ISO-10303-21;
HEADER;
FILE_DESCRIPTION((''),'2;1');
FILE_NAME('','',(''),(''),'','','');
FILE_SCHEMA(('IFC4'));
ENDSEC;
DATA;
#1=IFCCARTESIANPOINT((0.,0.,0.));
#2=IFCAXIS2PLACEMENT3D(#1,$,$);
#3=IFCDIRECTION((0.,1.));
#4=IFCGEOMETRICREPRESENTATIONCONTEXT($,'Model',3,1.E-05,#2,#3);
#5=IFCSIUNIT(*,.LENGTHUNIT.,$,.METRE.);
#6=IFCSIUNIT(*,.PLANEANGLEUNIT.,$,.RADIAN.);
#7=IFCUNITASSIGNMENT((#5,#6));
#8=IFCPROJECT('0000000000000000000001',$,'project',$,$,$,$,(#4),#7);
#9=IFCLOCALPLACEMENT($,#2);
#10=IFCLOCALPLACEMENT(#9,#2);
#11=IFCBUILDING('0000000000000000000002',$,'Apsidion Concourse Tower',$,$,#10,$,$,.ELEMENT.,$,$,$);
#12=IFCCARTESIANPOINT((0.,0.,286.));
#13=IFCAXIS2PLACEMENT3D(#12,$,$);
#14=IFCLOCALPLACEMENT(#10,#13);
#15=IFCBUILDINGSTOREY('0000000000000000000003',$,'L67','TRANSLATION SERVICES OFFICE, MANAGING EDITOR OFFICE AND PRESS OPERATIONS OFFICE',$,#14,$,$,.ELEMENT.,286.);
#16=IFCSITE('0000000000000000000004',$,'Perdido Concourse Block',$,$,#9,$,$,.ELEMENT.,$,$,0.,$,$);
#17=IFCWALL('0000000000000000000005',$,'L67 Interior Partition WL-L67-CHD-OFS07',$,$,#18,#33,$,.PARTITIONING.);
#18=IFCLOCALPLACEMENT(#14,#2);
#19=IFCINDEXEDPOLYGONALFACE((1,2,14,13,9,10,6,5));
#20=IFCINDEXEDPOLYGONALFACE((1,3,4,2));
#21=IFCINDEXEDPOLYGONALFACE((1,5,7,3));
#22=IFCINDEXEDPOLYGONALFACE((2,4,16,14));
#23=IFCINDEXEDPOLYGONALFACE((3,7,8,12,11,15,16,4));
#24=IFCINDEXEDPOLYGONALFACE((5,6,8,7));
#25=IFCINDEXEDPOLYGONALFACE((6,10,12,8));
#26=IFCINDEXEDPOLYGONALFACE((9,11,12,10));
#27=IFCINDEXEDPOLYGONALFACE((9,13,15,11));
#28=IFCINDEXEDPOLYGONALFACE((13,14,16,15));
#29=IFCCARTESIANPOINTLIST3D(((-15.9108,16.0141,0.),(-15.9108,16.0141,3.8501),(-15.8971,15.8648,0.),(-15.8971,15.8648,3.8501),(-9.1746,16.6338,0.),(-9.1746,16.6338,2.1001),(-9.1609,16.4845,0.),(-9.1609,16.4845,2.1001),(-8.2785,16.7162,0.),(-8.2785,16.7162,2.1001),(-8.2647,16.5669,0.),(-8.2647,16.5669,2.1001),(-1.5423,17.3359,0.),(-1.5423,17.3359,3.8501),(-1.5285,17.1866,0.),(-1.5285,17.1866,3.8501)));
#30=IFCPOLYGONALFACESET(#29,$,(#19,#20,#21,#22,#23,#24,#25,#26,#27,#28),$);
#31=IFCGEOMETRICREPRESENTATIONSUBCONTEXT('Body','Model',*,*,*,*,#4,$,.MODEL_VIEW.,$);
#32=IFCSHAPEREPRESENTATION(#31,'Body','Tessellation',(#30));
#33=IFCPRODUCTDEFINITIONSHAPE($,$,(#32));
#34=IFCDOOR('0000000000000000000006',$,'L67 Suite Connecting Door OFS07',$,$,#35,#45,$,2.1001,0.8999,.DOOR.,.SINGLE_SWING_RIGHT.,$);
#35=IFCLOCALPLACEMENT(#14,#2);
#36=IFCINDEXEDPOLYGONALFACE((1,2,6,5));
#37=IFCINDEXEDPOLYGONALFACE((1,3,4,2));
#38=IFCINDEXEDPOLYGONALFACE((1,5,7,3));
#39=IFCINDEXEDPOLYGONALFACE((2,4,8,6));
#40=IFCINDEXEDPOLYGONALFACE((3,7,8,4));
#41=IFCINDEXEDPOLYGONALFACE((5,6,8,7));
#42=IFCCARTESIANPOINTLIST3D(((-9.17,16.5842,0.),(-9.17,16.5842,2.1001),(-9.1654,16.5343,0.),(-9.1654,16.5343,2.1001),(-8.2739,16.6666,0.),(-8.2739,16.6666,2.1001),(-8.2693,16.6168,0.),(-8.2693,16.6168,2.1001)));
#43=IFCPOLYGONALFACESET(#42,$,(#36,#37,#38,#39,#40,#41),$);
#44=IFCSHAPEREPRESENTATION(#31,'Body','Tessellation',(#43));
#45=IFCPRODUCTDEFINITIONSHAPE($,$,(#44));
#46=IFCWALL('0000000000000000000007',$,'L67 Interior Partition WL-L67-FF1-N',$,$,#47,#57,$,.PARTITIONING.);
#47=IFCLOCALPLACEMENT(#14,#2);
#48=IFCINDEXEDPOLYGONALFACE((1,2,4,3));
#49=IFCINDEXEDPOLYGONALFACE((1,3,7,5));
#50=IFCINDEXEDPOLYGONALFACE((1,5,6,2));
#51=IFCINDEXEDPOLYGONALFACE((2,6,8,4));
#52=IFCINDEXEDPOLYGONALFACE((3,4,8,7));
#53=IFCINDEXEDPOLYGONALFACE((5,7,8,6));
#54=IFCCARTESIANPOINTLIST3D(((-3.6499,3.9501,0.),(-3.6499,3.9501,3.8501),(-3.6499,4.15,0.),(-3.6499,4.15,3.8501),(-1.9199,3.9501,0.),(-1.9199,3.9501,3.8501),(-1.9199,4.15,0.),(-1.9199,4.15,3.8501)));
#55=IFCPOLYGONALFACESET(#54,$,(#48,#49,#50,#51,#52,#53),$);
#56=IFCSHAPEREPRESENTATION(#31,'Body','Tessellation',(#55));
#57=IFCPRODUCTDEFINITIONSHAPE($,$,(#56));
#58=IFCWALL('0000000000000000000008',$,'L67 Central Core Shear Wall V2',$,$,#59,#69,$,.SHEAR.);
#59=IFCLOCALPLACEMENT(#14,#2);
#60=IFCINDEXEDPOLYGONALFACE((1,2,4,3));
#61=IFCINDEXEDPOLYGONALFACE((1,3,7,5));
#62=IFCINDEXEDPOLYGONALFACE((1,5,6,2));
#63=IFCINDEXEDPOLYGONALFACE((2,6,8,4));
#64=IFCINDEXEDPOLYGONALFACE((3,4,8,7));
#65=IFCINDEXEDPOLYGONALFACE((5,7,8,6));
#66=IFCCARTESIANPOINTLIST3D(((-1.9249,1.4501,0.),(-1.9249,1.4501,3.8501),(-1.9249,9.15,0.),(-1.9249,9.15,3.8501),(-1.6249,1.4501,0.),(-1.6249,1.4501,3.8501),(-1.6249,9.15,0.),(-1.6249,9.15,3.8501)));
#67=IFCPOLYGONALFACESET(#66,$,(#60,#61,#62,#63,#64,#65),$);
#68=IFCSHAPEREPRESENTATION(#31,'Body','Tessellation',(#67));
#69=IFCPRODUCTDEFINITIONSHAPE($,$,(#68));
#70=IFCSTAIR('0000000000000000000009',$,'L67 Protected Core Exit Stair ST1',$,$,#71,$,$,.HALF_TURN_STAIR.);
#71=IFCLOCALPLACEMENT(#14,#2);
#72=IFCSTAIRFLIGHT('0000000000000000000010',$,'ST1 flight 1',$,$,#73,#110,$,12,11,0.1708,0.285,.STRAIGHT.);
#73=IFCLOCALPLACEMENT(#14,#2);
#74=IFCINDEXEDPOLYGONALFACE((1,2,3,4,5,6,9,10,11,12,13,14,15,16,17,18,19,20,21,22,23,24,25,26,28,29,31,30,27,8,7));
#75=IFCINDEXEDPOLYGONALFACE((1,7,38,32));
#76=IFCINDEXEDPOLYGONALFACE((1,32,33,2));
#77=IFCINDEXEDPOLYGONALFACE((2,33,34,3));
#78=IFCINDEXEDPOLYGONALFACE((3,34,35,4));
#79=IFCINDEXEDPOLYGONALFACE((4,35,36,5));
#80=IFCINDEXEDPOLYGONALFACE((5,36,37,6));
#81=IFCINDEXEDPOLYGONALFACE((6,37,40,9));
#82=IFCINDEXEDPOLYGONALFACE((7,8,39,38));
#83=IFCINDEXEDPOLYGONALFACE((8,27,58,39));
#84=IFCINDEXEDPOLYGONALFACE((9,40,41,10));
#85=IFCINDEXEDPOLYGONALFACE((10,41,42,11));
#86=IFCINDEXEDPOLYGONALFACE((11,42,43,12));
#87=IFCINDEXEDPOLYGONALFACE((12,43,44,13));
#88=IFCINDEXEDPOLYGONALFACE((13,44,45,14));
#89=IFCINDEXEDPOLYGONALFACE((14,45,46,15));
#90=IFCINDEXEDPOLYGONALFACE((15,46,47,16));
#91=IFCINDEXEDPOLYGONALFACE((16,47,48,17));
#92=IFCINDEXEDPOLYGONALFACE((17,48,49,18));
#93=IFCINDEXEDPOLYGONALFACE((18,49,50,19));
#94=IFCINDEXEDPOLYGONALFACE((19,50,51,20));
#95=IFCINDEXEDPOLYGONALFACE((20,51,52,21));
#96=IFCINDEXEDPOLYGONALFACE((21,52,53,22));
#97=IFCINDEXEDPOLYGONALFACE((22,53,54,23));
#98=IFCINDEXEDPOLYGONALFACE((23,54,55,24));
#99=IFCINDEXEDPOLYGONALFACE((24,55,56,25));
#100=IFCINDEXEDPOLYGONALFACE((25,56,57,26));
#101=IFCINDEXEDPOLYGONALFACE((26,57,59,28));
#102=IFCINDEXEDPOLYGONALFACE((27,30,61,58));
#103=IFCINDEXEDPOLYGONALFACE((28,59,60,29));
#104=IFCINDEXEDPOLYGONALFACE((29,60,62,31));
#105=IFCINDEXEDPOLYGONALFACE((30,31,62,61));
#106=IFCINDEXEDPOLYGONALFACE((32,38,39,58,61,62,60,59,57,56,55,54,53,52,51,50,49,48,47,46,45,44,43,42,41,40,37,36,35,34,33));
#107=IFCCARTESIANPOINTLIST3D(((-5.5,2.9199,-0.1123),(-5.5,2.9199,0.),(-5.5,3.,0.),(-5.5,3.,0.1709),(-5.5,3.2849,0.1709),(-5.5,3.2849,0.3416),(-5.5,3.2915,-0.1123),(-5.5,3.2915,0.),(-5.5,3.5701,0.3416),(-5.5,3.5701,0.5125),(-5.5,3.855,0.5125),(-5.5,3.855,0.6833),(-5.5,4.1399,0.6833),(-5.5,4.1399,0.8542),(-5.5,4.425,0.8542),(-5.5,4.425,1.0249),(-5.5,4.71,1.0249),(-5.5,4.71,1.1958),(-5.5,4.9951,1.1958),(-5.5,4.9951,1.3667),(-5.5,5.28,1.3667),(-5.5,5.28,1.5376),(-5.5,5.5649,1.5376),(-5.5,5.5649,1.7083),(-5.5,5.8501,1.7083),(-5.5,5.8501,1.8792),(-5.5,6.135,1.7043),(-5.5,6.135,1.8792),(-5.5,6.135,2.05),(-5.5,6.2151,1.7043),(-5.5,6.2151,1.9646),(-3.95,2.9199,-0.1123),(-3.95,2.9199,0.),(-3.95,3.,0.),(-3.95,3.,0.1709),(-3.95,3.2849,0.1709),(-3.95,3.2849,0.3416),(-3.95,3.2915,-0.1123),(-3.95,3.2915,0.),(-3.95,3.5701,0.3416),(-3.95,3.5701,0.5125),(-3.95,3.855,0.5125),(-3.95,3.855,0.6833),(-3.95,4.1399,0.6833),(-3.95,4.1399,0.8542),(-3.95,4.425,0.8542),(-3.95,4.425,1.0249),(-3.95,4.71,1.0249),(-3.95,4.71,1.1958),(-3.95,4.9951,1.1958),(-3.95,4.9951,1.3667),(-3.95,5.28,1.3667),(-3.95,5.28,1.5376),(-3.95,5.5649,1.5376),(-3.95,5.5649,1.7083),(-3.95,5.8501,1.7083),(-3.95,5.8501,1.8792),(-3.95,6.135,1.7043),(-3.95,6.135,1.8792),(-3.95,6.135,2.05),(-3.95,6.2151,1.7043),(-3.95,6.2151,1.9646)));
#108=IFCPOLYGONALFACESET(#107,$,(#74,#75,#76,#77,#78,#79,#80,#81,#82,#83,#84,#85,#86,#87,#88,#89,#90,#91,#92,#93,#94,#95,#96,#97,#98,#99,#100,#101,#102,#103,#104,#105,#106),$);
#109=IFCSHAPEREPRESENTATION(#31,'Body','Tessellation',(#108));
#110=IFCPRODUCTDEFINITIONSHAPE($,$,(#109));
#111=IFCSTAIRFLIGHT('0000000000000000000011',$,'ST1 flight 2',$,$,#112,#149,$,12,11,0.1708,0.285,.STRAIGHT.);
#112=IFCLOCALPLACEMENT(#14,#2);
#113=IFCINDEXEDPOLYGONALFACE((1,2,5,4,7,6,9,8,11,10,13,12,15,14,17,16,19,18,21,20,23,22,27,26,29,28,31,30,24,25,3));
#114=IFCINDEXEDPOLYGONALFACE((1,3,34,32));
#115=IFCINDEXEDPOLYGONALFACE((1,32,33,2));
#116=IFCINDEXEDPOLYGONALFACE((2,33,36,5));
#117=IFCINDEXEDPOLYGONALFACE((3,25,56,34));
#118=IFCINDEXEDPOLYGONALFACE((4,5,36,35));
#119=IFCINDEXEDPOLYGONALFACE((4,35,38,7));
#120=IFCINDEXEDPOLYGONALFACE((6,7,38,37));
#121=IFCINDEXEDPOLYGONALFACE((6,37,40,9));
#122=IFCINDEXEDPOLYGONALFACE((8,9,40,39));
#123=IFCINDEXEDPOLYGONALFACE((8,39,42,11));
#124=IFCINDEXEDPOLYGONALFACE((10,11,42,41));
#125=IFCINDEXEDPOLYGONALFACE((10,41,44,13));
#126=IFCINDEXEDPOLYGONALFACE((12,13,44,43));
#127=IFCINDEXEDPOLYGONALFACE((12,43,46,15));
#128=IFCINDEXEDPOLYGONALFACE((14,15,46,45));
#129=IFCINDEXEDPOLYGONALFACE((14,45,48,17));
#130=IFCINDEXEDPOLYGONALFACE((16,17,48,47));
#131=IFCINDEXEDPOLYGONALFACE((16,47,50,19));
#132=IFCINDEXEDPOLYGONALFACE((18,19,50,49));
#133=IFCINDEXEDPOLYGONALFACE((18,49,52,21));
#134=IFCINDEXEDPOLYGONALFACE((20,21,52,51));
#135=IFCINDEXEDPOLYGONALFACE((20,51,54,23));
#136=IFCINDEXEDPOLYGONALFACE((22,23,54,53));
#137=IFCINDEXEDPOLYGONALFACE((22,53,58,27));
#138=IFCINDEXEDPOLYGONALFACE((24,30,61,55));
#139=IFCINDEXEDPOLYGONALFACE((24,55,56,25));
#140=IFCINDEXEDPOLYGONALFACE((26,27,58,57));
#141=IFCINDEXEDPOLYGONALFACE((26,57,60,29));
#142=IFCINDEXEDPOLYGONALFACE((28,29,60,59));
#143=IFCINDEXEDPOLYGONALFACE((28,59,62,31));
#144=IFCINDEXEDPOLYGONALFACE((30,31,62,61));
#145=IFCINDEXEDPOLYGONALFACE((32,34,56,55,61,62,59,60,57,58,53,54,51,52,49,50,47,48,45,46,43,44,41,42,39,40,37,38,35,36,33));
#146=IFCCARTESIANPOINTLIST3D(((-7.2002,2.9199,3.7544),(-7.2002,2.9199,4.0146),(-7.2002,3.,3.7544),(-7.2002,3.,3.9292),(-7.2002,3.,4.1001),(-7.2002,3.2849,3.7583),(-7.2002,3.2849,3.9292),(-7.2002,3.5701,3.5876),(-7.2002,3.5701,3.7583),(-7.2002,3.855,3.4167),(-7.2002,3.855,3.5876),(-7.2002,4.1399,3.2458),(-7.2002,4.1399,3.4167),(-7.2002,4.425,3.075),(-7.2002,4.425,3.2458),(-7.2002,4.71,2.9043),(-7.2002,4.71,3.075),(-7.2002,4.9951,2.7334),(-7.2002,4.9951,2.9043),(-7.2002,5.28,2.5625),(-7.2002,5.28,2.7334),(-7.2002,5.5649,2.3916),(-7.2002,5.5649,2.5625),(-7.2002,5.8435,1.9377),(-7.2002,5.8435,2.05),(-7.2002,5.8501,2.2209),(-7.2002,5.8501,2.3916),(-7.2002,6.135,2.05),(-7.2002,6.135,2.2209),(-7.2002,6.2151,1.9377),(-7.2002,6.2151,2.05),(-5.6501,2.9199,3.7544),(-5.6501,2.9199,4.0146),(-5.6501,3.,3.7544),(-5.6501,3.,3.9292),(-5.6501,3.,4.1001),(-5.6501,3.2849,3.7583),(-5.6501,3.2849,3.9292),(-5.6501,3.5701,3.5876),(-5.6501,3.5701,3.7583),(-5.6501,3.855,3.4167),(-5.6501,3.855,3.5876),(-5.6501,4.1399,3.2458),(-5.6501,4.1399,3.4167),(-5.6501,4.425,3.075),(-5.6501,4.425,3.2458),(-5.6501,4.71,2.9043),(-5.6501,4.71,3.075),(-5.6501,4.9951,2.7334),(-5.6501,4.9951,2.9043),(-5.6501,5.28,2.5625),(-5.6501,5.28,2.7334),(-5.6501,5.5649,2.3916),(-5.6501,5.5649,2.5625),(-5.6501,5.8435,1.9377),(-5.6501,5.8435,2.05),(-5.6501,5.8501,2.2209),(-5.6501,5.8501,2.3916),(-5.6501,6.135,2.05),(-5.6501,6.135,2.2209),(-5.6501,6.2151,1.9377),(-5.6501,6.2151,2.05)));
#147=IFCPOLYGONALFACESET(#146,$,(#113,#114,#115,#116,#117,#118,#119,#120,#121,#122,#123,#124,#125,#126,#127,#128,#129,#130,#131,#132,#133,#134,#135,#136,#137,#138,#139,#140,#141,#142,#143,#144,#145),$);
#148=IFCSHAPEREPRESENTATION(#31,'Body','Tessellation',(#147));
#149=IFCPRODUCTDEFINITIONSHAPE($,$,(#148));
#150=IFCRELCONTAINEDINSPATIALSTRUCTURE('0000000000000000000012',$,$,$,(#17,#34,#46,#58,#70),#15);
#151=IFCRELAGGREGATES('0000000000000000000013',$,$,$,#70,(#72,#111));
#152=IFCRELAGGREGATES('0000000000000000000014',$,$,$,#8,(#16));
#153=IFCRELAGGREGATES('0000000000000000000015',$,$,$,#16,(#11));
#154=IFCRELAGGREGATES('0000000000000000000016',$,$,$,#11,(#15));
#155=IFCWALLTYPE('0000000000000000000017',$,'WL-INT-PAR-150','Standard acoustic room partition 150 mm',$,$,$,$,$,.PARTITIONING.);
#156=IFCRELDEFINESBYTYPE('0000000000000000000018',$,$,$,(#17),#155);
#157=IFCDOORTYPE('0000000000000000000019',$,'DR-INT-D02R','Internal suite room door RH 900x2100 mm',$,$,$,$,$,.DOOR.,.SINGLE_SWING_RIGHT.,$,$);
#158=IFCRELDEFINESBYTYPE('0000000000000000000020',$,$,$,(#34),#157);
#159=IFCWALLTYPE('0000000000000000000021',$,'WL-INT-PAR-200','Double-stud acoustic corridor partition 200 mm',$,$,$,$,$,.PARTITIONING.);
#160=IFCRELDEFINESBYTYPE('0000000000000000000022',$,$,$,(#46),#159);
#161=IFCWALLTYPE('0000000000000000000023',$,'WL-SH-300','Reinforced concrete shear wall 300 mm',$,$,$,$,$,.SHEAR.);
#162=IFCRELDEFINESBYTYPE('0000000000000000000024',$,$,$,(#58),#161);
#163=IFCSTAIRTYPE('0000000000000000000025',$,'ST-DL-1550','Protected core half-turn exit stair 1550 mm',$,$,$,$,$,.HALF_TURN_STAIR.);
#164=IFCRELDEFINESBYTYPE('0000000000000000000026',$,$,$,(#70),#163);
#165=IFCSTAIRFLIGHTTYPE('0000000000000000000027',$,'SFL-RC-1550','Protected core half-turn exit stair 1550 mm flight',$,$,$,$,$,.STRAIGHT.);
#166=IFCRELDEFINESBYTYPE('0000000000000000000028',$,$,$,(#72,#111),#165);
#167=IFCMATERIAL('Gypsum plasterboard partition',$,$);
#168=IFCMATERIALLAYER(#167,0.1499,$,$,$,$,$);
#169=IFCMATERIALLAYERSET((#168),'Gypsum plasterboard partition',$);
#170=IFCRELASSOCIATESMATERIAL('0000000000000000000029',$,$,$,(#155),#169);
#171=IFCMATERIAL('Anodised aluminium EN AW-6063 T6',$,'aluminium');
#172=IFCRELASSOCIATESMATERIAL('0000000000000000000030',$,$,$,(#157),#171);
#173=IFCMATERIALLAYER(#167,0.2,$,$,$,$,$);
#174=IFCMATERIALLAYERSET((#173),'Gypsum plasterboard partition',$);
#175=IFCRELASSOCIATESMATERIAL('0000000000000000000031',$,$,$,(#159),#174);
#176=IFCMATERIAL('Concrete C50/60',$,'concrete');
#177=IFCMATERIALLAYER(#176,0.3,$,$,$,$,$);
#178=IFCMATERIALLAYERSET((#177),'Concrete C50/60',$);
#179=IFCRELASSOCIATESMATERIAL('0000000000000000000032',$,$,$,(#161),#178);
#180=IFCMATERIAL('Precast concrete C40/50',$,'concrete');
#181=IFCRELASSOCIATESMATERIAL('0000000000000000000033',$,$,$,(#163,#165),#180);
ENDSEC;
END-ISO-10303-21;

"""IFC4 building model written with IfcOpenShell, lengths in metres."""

from ifc_helpers import new_model, si_unit, direction, frame, frame_2d, origin, place, context, subcontext, project, spatial, polyline, rectangle, outline, extrude, material, layer, layer_set, type_object, element, fill, aggregate, save


model = new_model("IFC4")

# Units and contexts
model_context = context("Model", 3, precision=1e-05, world=origin(), true_north=direction((0.0, 1.0)))
body_context = subcontext(model_context, "Body", "Model", "MODEL_VIEW")
ifc_project = project(units=[si_unit("LENGTHUNIT", "METRE"), si_unit("PLANEANGLEUNIT", "RADIAN")], contexts=[model_context])

# Site, building, storey
site_placement = place(None, origin())
site = spatial("IfcSite", under=ifc_project, at=site_placement, Name="Perdido Concourse Block", CompositionType="ELEMENT", RefElevation=0.0)
building_placement = place(site_placement, origin())
building = spatial("IfcBuilding", under=site, at=building_placement, Name="Apsidion Concourse Tower", CompositionType="ELEMENT")
storey_placement = place(building_placement, frame((0.0, 0.0, 286.0)))
storey = spatial("IfcBuildingStorey", under=building, at=storey_placement, Name="L67", Description="TRANSLATION SERVICES OFFICE, MANAGING EDITOR OFFICE AND PRESS OPERATIONS OFFICE", CompositionType="ELEMENT", Elevation=286.0)

# Shared definitions
ifc_material_1 = material(Name="Concrete C50/60", Category="concrete")

# Shared definitions
ifc_material_2 = material(Name="Gypsum plasterboard partition")
ifc_layer_1 = layer(ifc_material_2, 0.1499)
ifc_layer_set_1 = layer_set([ifc_layer_1], Name="Gypsum plasterboard partition")
wall_type_1 = type_object("IfcWallType", Name="WL-INT-PAR-150", Description="Standard acoustic room partition 150 mm", PredefinedType="PARTITIONING", material=ifc_layer_set_1)

# Wall, opening, door
wall_1_placement = place(storey_placement, frame((-1.5354, 17.2612, 0.0), z_axis=(0.0, 0.0, 1.0), x_axis=(-0.995796, -0.091604, 0.0)))
wall_1 = element("IfcWall", 1, at=wall_1_placement, inside=storey, type_object=wall_type_1, Name="L67 Interior Partition WL-L67-CHD-OFS07", PredefinedType="PARTITIONING", context=body_context, shape_type="SweptSolid", body=[
    extrude(rectangle(XDim=14.4292, YDim=0.1499, at=frame_2d((7.2146, 0.0))), origin(), (0.0, 0.0, 1.0), 3.8501),
])
opening_1_placement = place(wall_1_placement, frame((6.7646, 0.0, 0.0)))
opening_1 = element("IfcOpeningElement", 2, at=opening_1_placement, cuts=wall_1, PredefinedType="OPENING", context=body_context, shape_type="SweptSolid", body=[
    extrude(rectangle(XDim=0.8999, YDim=2.1001, at=frame_2d((0.45, 1.05))), frame((0.0, 0.085, 0.0), z_axis=(0.0, -1.0, 0.0), x_axis=(1.0, 0.0, 0.0)), (0.0, 0.0, 1.0), 0.1699),
])
ifc_material_3 = material(Name="Anodised aluminium EN AW-6063 T6", Category="aluminium")
door_type_1 = type_object("IfcDoorType", Name="DR-INT-D02R", Description="Internal suite room door RH 900x2100 mm", OperationType="SINGLE_SWING_RIGHT", PredefinedType="DOOR", material=ifc_material_3)
door_1_placement = place(opening_1_placement, origin())
door_1 = element("IfcDoor", 3, at=door_1_placement, inside=storey, type_object=door_type_1, Name="L67 Suite Connecting Door OFS07", OperationType="SINGLE_SWING_RIGHT", OverallHeight=2.1001, OverallWidth=0.8999, PredefinedType="DOOR", context=body_context, shape_type="SweptSolid", body=[
    extrude(rectangle(XDim=0.8999, YDim=2.1001, at=frame_2d((0.45, 1.05))), frame((0.0, 0.0249, 0.0), z_axis=(0.0, -1.0, 0.0), x_axis=(1.0, 0.0, 0.0)), (0.0, 0.0, 1.0), 0.05),
])
fill(opening_1, door_1)

# Walls
ifc_layer_2 = layer(ifc_material_2, 0.2)
ifc_layer_set_2 = layer_set([ifc_layer_2], Name="Gypsum plasterboard partition")
wall_type_2 = type_object("IfcWallType", Name="WL-INT-PAR-200", Description="Double-stud acoustic corridor partition 200 mm", PredefinedType="PARTITIONING", material=ifc_layer_set_2)
wall_2_placement = place(storey_placement, frame((-3.6499, 4.05, 0.0), z_axis=(0.0, 0.0, 1.0), x_axis=(1.0, 0.0, 0.0)))
element("IfcWall", 4, at=wall_2_placement, inside=storey, type_object=wall_type_2, Name="L67 Interior Partition WL-L67-FF1-N", PredefinedType="PARTITIONING", context=body_context, shape_type="SweptSolid", body=[
    extrude(rectangle(XDim=1.73, YDim=0.2, at=frame_2d((0.865, 0.0))), origin(), (0.0, 0.0, 1.0), 3.8501),
])
ifc_layer_3 = layer(ifc_material_1, 0.3)
ifc_layer_set_3 = layer_set([ifc_layer_3], Name="Concrete C50/60")
wall_type_3 = type_object("IfcWallType", Name="WL-SH-300", Description="Reinforced concrete shear wall 300 mm", PredefinedType="SHEAR", material=ifc_layer_set_3)
wall_3_placement = place(storey_placement, frame((-1.7749, 1.45, 0.0), z_axis=(0.0, 0.0, 1.0), x_axis=(0.0, 1.0, 0.0)))
element("IfcWall", 5, at=wall_3_placement, inside=storey, type_object=wall_type_3, Name="L67 Central Core Shear Wall V2", PredefinedType="SHEAR", context=body_context, shape_type="SweptSolid", body=[
    extrude(rectangle(XDim=7.7, YDim=0.3, at=frame_2d((3.8501, 0.0))), origin(), (0.0, 0.0, 1.0), 3.8501),
])

# Stair, stair flights
ifc_material_4 = material(Name="Precast concrete C40/50", Category="concrete")
stair_type = type_object("IfcStairType", Name="ST-DL-1550", Description="Protected core half-turn exit stair 1550 mm", PredefinedType="HALF_TURN_STAIR", material=ifc_material_4)
stair_1_placement = place(storey_placement, origin())
stair_1 = element("IfcStair", 6, at=stair_1_placement, inside=storey, type_object=stair_type, Name="L67 Protected Core Exit Stair ST1", PredefinedType="HALF_TURN_STAIR")
stair_flight_type = type_object("IfcStairFlightType", Name="SFL-RC-1550", Description="Protected core half-turn exit stair 1550 mm flight", PredefinedType="STRAIGHT", material=ifc_material_4)
stair_flight_1_placement = place(storey_placement, frame((-4.7251, 3.0, 0.0), z_axis=(0.0, 0.0, 1.0), x_axis=(0.0, 1.0, 0.0)))
stair_flight_1 = element("IfcStairFlight", 7, at=stair_flight_1_placement, type_object=stair_flight_type, Name="ST1 flight 1", NumberOfRisers=12, NumberOfTreads=11, PredefinedType="STRAIGHT", RiserHeight=0.1708, TreadLength=0.285, context=body_context, shape_type="SweptSolid", body=[
    extrude(outline(polyline([(-0.0801, -0.1123), (-0.0801, 0.0), (0.0, 0.0), (0.0, 0.1709), (0.2849, 0.1709), (0.2849, 0.3416), (0.5701, 0.3416), (0.5701, 0.5125), (0.855, 0.5125), (0.855, 0.6833), (1.1399, 0.6833), (1.1399, 0.8542), (1.425, 0.8542), (1.425, 1.0249), (1.71, 1.0249), (1.71, 1.1958), (1.9951, 1.1958), (1.9951, 1.3667), (2.28, 1.3667), (2.28, 1.5376), (2.5649, 1.5376), (2.5649, 1.7083), (2.8501, 1.7083), (2.8501, 1.8792), (3.135, 1.8792), (3.135, 2.05), (3.2151, 1.9646), (3.2151, 1.7043), (3.135, 1.7043), (0.2915, 0.0), (0.2915, -0.1123), (-0.0801, -0.1123)])), frame((0.0, 0.7749, 0.0), z_axis=(0.0, -1.0, 0.0), x_axis=(1.0, 0.0, 0.0)), (0.0, 0.0, 1.0), 1.55),
])
stair_flight_2_placement = place(storey_placement, frame((-6.425, 6.135, 2.05), z_axis=(0.0, 0.0, 1.0), x_axis=(0.0, -1.0, 0.0)))
stair_flight_2 = element("IfcStairFlight", 8, at=stair_flight_2_placement, type_object=stair_flight_type, Name="ST1 flight 2", NumberOfRisers=12, NumberOfTreads=11, PredefinedType="STRAIGHT", RiserHeight=0.1708, TreadLength=0.285, context=body_context, shape_type="SweptSolid", body=[
    extrude(outline(polyline([(-0.0801, -0.1123), (-0.0801, 0.0), (0.0, 0.0), (0.0, 0.1709), (0.2849, 0.1709), (0.2849, 0.3416), (0.5701, 0.3416), (0.5701, 0.5125), (0.855, 0.5125), (0.855, 0.6833), (1.1399, 0.6833), (1.1399, 0.8542), (1.425, 0.8542), (1.425, 1.0249), (1.71, 1.0249), (1.71, 1.1958), (1.9951, 1.1958), (1.9951, 1.3667), (2.28, 1.3667), (2.28, 1.5376), (2.5649, 1.5376), (2.5649, 1.7083), (2.8501, 1.7083), (2.8501, 1.8792), (3.135, 1.8792), (3.135, 2.05), (3.2151, 1.9646), (3.2151, 1.7043), (3.135, 1.7043), (0.2915, 0.0), (0.2915, -0.1123), (-0.0801, -0.1123)])), frame((0.0, 0.7749, 0.0), z_axis=(0.0, -1.0, 0.0), x_axis=(1.0, 0.0, 0.0)), (0.0, 0.0, 1.0), 1.55),
])
aggregate(stair_1, [stair_flight_1, stair_flight_2])

save(model, "model.ifc")
